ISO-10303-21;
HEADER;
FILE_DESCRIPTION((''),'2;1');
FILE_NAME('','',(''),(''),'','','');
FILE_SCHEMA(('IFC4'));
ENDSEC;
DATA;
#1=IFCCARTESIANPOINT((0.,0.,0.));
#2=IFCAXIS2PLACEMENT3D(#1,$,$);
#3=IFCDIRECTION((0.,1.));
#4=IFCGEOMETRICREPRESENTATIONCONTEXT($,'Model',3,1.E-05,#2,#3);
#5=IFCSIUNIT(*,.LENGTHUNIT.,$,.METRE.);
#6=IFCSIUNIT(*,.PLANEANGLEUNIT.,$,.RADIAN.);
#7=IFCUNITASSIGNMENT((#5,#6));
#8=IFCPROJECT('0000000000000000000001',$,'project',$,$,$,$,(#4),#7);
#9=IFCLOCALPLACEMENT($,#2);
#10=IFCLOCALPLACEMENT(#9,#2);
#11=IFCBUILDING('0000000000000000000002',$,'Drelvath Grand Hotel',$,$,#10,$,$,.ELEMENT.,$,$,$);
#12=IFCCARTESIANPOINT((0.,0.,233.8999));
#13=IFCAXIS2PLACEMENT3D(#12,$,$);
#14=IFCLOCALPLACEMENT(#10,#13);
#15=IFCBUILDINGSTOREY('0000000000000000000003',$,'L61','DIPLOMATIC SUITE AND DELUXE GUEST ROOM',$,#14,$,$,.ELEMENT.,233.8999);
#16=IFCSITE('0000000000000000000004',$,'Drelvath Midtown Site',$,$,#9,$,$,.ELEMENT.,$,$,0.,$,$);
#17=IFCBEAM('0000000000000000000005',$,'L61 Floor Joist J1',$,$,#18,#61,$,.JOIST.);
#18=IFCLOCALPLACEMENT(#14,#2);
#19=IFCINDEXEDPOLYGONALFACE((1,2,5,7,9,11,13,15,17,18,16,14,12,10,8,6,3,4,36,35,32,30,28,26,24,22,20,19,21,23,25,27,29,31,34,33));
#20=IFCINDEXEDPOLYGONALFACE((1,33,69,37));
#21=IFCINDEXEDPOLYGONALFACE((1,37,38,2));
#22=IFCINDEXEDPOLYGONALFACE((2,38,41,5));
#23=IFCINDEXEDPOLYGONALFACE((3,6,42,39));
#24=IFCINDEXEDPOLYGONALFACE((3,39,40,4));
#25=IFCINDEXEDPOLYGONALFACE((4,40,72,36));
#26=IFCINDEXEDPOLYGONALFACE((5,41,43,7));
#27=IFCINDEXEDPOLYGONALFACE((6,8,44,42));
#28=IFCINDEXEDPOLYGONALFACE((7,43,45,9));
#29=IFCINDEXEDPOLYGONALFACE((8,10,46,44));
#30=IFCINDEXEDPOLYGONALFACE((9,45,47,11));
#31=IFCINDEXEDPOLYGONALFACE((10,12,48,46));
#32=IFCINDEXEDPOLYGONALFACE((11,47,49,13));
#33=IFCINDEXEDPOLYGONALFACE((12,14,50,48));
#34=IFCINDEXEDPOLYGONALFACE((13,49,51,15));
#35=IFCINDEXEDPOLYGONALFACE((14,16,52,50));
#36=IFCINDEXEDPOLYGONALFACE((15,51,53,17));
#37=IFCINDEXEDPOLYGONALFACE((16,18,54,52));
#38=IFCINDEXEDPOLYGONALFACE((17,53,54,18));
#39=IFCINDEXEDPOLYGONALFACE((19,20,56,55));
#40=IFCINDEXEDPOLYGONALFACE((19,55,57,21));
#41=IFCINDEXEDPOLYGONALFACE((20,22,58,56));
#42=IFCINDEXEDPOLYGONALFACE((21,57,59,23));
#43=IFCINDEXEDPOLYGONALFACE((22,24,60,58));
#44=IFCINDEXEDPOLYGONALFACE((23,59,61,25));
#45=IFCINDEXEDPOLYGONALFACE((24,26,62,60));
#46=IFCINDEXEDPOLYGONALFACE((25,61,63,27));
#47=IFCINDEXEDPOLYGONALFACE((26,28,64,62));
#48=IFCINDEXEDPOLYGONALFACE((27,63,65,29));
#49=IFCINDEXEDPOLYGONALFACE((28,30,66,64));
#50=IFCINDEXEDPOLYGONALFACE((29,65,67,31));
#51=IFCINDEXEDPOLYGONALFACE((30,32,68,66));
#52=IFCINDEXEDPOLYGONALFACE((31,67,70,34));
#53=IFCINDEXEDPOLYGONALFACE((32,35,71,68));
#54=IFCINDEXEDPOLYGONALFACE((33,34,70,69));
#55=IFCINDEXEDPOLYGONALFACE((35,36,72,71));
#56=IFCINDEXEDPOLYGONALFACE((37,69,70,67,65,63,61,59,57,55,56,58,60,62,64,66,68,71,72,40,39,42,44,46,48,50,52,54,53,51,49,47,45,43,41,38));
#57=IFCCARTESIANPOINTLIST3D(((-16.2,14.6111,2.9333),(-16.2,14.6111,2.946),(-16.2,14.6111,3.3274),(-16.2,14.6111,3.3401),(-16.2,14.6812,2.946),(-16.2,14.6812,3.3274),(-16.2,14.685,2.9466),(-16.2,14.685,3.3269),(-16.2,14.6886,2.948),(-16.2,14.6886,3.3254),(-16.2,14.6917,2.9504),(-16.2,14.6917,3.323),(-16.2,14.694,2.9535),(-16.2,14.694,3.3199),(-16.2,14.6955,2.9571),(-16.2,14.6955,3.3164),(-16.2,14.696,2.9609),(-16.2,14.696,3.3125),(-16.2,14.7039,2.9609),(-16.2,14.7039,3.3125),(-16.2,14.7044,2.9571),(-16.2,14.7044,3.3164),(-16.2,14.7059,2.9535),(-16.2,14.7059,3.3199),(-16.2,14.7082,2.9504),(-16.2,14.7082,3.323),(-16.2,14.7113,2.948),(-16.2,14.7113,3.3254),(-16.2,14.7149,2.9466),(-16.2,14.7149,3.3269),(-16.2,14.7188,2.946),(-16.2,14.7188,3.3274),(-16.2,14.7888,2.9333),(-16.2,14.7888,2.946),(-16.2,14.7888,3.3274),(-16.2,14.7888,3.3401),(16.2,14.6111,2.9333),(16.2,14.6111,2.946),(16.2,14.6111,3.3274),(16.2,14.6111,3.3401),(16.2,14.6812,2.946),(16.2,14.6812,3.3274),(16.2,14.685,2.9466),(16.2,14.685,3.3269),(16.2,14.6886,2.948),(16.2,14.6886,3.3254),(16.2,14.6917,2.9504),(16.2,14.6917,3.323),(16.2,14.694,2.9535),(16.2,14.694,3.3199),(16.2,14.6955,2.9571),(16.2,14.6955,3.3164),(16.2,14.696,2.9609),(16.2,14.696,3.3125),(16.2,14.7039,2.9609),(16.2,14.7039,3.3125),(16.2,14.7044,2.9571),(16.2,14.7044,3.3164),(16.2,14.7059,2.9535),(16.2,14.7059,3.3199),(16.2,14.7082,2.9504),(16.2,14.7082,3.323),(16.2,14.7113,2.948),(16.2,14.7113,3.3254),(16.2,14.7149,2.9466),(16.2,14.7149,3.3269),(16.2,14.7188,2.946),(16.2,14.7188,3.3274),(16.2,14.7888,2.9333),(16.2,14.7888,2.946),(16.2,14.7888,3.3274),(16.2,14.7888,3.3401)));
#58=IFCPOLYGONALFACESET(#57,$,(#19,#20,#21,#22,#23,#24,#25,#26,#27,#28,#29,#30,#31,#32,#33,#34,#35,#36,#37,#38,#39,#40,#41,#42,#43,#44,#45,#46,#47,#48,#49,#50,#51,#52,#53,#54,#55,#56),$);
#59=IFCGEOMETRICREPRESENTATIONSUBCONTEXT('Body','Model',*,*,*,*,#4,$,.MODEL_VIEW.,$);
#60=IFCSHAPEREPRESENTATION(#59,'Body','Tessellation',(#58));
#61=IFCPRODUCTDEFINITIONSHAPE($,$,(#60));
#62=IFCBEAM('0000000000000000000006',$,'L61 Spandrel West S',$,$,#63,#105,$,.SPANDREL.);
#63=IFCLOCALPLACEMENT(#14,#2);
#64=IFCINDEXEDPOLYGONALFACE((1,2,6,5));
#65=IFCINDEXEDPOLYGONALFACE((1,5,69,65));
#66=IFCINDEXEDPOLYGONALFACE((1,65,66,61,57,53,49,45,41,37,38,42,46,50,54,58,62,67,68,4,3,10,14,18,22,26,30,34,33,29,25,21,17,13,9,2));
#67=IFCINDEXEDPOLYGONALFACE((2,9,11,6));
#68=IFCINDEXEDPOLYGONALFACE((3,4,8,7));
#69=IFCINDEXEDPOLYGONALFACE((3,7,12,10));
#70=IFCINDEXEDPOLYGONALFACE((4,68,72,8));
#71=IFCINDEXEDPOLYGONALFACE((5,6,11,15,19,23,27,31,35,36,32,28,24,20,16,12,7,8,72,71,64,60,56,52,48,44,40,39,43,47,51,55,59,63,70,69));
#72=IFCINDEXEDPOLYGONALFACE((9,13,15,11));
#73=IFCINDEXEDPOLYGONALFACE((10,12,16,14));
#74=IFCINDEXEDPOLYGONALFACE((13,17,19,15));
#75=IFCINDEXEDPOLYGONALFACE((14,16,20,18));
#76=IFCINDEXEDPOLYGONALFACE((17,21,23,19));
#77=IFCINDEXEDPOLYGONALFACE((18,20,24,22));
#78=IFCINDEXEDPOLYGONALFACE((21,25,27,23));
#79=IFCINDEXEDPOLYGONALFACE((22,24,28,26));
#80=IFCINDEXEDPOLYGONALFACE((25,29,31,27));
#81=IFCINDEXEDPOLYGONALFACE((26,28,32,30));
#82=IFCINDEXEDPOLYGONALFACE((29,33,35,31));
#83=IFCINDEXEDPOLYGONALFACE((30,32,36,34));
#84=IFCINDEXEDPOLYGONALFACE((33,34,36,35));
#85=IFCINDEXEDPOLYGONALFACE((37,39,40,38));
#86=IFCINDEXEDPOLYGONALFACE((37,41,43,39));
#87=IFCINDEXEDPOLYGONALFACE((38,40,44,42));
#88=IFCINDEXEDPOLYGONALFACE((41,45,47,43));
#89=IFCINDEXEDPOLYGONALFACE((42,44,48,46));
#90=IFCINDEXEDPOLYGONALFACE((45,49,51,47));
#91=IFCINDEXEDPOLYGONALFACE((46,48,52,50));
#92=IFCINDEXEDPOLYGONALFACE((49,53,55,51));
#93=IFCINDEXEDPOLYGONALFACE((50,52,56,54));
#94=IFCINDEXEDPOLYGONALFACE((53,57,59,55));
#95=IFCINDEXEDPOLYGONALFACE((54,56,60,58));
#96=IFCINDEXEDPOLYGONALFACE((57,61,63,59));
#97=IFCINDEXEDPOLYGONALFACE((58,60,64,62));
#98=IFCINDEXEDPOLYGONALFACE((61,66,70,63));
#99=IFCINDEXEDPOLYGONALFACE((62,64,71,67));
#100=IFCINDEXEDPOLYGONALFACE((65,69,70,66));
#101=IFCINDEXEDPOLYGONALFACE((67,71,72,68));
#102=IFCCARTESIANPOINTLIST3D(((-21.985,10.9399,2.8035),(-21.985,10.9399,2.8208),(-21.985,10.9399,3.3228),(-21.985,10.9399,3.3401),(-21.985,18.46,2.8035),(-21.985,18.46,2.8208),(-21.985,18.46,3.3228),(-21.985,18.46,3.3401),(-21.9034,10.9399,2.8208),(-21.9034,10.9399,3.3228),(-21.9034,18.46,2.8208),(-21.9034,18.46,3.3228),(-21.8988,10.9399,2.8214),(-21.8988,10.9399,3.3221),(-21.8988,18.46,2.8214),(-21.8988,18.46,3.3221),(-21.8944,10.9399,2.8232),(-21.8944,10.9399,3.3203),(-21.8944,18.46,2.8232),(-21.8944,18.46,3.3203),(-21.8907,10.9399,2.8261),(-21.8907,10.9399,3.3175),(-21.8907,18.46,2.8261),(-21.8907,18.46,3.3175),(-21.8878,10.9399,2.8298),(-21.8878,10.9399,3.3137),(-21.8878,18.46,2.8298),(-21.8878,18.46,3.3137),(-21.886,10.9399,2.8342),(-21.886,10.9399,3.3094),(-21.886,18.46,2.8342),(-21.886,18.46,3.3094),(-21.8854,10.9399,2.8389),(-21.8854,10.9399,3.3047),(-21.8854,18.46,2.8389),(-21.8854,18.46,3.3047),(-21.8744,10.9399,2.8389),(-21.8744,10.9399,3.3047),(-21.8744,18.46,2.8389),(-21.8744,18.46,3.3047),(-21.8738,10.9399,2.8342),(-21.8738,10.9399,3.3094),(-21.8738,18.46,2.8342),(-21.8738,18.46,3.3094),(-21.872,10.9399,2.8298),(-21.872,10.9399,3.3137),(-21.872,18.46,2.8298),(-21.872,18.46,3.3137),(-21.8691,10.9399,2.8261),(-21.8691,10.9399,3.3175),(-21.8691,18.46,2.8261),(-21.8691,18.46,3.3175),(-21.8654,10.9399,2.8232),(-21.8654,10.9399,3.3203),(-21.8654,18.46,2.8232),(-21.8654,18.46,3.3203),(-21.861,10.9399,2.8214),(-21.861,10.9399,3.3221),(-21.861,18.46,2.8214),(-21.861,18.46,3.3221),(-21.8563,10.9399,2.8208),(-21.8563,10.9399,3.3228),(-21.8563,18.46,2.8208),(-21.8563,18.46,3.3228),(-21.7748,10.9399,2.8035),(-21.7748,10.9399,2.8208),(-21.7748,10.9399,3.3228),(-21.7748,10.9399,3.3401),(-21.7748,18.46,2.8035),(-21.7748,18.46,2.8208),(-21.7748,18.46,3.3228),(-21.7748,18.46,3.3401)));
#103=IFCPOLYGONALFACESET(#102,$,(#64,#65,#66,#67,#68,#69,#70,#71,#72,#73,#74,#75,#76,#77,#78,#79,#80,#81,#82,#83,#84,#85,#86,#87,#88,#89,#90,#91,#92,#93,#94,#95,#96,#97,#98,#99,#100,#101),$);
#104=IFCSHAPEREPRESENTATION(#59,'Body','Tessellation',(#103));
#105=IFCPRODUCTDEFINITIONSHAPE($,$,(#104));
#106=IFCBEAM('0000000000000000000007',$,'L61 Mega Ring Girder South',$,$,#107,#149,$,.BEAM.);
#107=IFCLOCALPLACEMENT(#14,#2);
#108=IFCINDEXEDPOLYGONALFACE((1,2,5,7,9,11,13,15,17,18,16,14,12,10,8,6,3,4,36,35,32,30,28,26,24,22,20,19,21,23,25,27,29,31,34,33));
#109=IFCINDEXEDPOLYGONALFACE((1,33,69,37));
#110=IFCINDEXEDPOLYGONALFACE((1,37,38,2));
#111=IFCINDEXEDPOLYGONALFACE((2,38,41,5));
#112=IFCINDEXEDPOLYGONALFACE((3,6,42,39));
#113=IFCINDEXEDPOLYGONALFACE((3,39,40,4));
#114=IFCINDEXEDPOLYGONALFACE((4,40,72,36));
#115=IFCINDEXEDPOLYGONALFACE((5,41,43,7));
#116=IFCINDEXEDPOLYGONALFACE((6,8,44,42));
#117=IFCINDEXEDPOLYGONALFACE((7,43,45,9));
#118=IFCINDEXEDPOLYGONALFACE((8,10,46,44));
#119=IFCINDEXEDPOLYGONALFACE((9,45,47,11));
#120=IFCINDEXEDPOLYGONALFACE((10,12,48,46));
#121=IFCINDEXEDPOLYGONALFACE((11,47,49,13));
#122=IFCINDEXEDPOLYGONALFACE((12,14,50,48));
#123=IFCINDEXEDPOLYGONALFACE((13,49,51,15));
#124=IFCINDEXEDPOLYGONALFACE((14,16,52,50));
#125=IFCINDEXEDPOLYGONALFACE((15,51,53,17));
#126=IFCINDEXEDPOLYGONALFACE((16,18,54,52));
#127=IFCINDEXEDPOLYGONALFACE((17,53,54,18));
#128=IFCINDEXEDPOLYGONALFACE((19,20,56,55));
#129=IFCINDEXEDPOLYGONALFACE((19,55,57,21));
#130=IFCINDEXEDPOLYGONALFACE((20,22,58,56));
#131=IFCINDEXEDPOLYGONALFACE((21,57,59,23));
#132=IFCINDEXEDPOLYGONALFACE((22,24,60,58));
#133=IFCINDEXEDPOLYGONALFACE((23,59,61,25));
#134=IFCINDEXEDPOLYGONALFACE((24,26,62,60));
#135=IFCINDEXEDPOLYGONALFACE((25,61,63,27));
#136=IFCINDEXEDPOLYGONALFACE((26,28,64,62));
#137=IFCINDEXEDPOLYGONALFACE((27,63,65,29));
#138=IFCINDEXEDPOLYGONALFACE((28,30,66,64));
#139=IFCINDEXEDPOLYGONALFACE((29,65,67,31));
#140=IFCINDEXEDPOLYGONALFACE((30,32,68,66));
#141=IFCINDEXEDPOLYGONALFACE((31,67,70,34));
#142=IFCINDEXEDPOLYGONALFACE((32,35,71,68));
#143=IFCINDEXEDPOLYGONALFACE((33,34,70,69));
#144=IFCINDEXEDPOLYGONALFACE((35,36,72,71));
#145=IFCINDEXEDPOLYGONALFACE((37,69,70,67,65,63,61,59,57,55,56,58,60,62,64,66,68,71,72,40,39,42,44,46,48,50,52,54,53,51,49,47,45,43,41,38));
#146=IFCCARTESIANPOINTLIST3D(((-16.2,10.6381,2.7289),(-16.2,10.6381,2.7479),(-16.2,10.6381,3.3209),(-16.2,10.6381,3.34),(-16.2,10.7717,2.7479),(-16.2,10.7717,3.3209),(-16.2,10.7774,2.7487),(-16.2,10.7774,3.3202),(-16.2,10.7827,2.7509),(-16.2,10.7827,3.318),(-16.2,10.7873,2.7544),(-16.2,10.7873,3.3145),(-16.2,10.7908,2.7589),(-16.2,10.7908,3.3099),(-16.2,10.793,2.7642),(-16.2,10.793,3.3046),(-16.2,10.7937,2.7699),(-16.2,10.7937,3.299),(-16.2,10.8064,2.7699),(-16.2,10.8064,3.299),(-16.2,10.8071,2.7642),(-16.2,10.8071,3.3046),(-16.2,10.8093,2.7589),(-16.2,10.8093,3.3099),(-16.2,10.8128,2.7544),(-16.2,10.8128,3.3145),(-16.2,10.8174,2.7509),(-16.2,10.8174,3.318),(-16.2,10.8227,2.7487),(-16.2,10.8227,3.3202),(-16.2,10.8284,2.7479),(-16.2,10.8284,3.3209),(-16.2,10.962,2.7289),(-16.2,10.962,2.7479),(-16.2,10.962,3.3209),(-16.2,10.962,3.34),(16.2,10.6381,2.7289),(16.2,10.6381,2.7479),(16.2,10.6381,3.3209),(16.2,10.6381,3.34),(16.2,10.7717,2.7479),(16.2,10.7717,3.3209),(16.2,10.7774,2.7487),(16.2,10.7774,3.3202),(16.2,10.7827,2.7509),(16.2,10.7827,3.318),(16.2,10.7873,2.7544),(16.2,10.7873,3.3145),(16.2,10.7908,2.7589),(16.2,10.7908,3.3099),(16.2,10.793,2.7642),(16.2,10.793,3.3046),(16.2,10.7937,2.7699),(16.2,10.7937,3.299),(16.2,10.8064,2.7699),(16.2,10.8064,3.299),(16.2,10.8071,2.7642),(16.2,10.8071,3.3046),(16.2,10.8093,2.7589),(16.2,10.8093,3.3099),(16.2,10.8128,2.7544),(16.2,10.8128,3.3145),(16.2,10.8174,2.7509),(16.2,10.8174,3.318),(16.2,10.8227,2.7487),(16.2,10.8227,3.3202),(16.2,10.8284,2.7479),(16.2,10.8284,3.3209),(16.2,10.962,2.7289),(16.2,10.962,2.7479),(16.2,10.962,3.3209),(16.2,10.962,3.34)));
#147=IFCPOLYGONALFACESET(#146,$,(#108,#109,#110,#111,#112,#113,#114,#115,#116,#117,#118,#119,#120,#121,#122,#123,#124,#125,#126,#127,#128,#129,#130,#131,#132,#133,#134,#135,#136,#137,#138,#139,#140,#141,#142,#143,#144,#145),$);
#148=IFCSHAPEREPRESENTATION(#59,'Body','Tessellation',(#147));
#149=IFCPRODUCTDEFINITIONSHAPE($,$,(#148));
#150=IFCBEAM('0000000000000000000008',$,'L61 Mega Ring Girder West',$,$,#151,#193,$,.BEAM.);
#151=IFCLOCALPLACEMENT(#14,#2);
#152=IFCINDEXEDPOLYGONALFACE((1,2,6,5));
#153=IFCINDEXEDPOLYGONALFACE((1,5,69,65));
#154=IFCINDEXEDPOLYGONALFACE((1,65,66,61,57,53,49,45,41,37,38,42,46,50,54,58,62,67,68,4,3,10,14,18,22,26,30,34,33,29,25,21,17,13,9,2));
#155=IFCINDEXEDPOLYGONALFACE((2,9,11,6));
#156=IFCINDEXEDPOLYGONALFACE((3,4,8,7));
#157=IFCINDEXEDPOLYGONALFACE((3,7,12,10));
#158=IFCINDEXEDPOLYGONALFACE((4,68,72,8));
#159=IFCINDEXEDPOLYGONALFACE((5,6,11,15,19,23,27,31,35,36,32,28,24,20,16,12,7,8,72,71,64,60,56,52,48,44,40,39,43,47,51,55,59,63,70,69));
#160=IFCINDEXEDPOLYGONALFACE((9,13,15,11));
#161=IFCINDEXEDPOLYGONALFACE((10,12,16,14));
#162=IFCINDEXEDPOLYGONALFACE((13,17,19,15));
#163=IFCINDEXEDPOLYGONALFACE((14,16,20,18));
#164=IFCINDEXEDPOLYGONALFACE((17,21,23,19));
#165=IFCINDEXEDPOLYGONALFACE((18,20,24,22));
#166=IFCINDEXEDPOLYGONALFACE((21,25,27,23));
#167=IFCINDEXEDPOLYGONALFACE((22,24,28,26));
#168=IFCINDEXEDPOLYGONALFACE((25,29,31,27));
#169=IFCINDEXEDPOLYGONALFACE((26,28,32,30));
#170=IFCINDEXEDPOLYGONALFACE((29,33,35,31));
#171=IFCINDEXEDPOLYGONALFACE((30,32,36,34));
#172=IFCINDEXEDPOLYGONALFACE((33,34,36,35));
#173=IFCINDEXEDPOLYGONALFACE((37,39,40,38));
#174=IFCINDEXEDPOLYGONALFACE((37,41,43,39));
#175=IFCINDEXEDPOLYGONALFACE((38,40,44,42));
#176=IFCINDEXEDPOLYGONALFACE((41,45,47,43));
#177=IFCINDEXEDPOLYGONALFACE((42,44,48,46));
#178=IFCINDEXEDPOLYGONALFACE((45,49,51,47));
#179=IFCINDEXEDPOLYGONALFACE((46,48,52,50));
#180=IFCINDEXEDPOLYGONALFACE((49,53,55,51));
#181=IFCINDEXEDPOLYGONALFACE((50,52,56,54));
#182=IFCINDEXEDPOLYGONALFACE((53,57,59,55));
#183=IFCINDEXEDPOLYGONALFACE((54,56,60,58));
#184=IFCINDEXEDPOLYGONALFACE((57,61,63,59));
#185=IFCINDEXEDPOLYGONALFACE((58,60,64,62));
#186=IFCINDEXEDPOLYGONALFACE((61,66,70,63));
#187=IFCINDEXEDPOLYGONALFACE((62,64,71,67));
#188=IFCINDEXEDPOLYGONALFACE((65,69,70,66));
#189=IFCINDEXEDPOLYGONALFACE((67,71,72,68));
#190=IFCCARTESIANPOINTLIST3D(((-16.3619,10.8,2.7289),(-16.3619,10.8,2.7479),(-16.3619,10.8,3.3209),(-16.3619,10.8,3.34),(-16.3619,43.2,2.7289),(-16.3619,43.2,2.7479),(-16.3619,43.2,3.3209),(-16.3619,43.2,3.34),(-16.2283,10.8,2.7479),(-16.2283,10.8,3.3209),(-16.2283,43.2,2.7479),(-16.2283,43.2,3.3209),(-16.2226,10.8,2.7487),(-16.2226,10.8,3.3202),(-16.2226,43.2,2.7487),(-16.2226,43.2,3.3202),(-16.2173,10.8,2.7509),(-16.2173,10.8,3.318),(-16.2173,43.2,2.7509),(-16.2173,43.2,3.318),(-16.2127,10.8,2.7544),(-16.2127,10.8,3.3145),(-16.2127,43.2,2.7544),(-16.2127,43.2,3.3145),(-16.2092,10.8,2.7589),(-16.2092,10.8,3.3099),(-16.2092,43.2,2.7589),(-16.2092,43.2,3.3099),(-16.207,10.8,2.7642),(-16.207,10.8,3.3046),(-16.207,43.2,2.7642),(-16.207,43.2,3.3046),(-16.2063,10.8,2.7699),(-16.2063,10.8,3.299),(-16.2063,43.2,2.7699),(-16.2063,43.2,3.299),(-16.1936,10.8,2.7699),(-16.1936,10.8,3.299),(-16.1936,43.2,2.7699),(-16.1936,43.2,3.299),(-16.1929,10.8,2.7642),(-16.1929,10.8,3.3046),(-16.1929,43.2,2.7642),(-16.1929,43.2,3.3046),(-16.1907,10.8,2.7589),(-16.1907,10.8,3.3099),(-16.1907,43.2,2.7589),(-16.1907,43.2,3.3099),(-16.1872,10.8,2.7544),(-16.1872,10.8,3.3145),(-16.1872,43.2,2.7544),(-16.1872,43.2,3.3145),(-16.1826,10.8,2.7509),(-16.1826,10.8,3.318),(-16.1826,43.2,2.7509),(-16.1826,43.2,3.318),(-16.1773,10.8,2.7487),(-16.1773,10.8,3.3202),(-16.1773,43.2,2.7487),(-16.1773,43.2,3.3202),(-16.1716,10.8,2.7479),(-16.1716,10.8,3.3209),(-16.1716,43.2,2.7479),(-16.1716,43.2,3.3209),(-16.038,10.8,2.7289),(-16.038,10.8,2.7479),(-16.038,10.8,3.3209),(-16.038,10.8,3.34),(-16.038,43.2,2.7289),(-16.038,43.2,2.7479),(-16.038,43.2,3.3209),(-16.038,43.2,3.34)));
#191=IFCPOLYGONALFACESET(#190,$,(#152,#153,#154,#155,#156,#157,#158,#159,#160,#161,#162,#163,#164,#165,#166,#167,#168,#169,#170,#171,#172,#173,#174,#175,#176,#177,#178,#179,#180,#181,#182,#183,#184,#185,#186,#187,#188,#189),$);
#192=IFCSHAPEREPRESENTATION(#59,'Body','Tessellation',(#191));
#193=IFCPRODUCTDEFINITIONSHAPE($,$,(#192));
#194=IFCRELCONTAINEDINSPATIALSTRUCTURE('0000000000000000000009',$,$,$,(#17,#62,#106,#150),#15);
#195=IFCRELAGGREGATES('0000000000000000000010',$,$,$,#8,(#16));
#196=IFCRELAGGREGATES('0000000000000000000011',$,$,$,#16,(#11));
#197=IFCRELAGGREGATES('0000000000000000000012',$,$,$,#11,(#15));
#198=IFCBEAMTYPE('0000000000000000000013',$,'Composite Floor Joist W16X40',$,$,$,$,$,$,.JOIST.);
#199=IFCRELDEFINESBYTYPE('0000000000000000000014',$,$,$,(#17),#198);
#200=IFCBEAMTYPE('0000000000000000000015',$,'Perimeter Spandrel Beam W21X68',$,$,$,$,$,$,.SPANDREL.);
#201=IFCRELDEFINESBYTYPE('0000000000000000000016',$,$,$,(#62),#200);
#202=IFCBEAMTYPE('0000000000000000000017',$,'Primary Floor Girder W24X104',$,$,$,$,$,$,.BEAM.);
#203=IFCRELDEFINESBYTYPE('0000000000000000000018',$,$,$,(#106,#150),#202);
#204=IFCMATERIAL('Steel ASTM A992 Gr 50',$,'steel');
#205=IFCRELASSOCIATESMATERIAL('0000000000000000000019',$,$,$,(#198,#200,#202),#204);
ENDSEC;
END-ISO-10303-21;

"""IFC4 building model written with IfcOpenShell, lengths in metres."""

from ifc_helpers import new_model, si_unit, direction, frame, origin, origin_2d, place, context, subcontext, project, spatial, i_section, extrude, material, material_profile, profile_set, type_object, element, save


model = new_model("IFC4")

# Units and contexts
model_context = context("Model", 3, precision=1e-05, world=origin(), true_north=direction((0.0, 1.0)))
body_context = subcontext(model_context, "Body", "Model", "MODEL_VIEW")
ifc_project = project(units=[si_unit("LENGTHUNIT", "METRE"), si_unit("PLANEANGLEUNIT", "RADIAN")], contexts=[model_context])

# Site, building, storey
site_placement = place(None, origin())
site = spatial("IfcSite", under=ifc_project, at=site_placement, Name="Drelvath Midtown Site", CompositionType="ELEMENT", RefElevation=0.0)
building_placement = place(site_placement, origin())
building = spatial("IfcBuilding", under=site, at=building_placement, Name="Drelvath Grand Hotel", CompositionType="ELEMENT")
storey_placement = place(building_placement, frame((0.0, 0.0, 233.8999)))
storey = spatial("IfcBuildingStorey", under=building, at=storey_placement, Name="L61", Description="DIPLOMATIC SUITE AND DELUXE GUEST ROOM", CompositionType="ELEMENT", Elevation=233.8999)

# Beams
ifc_material_1 = material(Name="Steel ASTM A992 Gr 50", Category="steel")
ifc_material_profile_1 = material_profile(ifc_material_1, i_section(OverallWidth=0.1777, OverallDepth=0.4067, WebThickness=0.0078, FlangeThickness=0.0127, FilletRadius=0.0149, at=origin_2d()), Name="W16X40")
ifc_profile_set_1 = profile_set([ifc_material_profile_1], Name="Steel ASTM A992 Gr 50")
beam_type_1 = type_object("IfcBeamType", Name="Composite Floor Joist W16X40", PredefinedType="JOIST", material=ifc_profile_set_1)
beam_1_placement = place(storey_placement, frame((-16.2, 14.7, 3.1367), z_axis=(1.0, 0.0, 0.0), x_axis=(0.0, 1.0, 0.0)))
element("IfcBeam", 1, at=beam_1_placement, inside=storey, type_object=beam_type_1, Name="L61 Floor Joist J1", PredefinedType="JOIST", context=body_context, shape_type="SweptSolid", body=[
    extrude(i_section(OverallWidth=0.1777, OverallDepth=0.4067, WebThickness=0.0078, FlangeThickness=0.0127, FilletRadius=0.0149, at=origin_2d()), origin(), (0.0, 0.0, 1.0), 32.3999),
])
ifc_material_profile_2 = material_profile(ifc_material_1, i_section(OverallWidth=0.2102, OverallDepth=0.5366, WebThickness=0.011, FlangeThickness=0.0173, FilletRadius=0.0181, at=origin_2d()), Name="W21X68")
ifc_profile_set_2 = profile_set([ifc_material_profile_2], Name="Steel ASTM A992 Gr 50")
beam_type_2 = type_object("IfcBeamType", Name="Perimeter Spandrel Beam W21X68", PredefinedType="SPANDREL", material=ifc_profile_set_2)
beam_2_placement = place(storey_placement, frame((-21.8799, 10.9399, 3.0718), z_axis=(0.0, 1.0, 0.0), x_axis=(-1.0, 0.0, 0.0)))
element("IfcBeam", 2, at=beam_2_placement, inside=storey, type_object=beam_type_2, Name="L61 Spandrel West S", PredefinedType="SPANDREL", context=body_context, shape_type="SweptSolid", body=[
    extrude(i_section(OverallWidth=0.2102, OverallDepth=0.5366, WebThickness=0.011, FlangeThickness=0.0173, FilletRadius=0.0181, at=origin_2d()), origin(), (0.0, 0.0, 1.0), 7.52),
])
ifc_material_profile_3 = material_profile(ifc_material_1, i_section(OverallWidth=0.324, OverallDepth=0.6111, WebThickness=0.0127, FlangeThickness=0.019, FilletRadius=0.022, at=origin_2d()), Name="W24X104")
ifc_profile_set_3 = profile_set([ifc_material_profile_3], Name="Steel ASTM A992 Gr 50")
beam_type_3 = type_object("IfcBeamType", Name="Primary Floor Girder W24X104", PredefinedType="BEAM", material=ifc_profile_set_3)
for number, where, z_axis, x_axis, name in (
    (3, (-16.2, 10.8, 3.0344), (1.0, 0.0, 0.0), (0.0, 1.0, 0.0), "L61 Mega Ring Girder South"),
    (4, (-16.2, 10.8, 3.0344), (0.0, 1.0, 0.0), (-1.0, 0.0, 0.0), "L61 Mega Ring Girder West"),
):
    element("IfcBeam", number, at=place(storey_placement, frame(where, z_axis=z_axis, x_axis=x_axis)), inside=storey, type_object=beam_type_3, Name=name, PredefinedType="BEAM", context=body_context, shape_type="SweptSolid", body=[
        extrude(i_section(OverallWidth=0.324, OverallDepth=0.6111, WebThickness=0.0127, FlangeThickness=0.019, FilletRadius=0.022, at=origin_2d()), origin(), (0.0, 0.0, 1.0), 32.3999),
    ])

save(model, "model.ifc")
